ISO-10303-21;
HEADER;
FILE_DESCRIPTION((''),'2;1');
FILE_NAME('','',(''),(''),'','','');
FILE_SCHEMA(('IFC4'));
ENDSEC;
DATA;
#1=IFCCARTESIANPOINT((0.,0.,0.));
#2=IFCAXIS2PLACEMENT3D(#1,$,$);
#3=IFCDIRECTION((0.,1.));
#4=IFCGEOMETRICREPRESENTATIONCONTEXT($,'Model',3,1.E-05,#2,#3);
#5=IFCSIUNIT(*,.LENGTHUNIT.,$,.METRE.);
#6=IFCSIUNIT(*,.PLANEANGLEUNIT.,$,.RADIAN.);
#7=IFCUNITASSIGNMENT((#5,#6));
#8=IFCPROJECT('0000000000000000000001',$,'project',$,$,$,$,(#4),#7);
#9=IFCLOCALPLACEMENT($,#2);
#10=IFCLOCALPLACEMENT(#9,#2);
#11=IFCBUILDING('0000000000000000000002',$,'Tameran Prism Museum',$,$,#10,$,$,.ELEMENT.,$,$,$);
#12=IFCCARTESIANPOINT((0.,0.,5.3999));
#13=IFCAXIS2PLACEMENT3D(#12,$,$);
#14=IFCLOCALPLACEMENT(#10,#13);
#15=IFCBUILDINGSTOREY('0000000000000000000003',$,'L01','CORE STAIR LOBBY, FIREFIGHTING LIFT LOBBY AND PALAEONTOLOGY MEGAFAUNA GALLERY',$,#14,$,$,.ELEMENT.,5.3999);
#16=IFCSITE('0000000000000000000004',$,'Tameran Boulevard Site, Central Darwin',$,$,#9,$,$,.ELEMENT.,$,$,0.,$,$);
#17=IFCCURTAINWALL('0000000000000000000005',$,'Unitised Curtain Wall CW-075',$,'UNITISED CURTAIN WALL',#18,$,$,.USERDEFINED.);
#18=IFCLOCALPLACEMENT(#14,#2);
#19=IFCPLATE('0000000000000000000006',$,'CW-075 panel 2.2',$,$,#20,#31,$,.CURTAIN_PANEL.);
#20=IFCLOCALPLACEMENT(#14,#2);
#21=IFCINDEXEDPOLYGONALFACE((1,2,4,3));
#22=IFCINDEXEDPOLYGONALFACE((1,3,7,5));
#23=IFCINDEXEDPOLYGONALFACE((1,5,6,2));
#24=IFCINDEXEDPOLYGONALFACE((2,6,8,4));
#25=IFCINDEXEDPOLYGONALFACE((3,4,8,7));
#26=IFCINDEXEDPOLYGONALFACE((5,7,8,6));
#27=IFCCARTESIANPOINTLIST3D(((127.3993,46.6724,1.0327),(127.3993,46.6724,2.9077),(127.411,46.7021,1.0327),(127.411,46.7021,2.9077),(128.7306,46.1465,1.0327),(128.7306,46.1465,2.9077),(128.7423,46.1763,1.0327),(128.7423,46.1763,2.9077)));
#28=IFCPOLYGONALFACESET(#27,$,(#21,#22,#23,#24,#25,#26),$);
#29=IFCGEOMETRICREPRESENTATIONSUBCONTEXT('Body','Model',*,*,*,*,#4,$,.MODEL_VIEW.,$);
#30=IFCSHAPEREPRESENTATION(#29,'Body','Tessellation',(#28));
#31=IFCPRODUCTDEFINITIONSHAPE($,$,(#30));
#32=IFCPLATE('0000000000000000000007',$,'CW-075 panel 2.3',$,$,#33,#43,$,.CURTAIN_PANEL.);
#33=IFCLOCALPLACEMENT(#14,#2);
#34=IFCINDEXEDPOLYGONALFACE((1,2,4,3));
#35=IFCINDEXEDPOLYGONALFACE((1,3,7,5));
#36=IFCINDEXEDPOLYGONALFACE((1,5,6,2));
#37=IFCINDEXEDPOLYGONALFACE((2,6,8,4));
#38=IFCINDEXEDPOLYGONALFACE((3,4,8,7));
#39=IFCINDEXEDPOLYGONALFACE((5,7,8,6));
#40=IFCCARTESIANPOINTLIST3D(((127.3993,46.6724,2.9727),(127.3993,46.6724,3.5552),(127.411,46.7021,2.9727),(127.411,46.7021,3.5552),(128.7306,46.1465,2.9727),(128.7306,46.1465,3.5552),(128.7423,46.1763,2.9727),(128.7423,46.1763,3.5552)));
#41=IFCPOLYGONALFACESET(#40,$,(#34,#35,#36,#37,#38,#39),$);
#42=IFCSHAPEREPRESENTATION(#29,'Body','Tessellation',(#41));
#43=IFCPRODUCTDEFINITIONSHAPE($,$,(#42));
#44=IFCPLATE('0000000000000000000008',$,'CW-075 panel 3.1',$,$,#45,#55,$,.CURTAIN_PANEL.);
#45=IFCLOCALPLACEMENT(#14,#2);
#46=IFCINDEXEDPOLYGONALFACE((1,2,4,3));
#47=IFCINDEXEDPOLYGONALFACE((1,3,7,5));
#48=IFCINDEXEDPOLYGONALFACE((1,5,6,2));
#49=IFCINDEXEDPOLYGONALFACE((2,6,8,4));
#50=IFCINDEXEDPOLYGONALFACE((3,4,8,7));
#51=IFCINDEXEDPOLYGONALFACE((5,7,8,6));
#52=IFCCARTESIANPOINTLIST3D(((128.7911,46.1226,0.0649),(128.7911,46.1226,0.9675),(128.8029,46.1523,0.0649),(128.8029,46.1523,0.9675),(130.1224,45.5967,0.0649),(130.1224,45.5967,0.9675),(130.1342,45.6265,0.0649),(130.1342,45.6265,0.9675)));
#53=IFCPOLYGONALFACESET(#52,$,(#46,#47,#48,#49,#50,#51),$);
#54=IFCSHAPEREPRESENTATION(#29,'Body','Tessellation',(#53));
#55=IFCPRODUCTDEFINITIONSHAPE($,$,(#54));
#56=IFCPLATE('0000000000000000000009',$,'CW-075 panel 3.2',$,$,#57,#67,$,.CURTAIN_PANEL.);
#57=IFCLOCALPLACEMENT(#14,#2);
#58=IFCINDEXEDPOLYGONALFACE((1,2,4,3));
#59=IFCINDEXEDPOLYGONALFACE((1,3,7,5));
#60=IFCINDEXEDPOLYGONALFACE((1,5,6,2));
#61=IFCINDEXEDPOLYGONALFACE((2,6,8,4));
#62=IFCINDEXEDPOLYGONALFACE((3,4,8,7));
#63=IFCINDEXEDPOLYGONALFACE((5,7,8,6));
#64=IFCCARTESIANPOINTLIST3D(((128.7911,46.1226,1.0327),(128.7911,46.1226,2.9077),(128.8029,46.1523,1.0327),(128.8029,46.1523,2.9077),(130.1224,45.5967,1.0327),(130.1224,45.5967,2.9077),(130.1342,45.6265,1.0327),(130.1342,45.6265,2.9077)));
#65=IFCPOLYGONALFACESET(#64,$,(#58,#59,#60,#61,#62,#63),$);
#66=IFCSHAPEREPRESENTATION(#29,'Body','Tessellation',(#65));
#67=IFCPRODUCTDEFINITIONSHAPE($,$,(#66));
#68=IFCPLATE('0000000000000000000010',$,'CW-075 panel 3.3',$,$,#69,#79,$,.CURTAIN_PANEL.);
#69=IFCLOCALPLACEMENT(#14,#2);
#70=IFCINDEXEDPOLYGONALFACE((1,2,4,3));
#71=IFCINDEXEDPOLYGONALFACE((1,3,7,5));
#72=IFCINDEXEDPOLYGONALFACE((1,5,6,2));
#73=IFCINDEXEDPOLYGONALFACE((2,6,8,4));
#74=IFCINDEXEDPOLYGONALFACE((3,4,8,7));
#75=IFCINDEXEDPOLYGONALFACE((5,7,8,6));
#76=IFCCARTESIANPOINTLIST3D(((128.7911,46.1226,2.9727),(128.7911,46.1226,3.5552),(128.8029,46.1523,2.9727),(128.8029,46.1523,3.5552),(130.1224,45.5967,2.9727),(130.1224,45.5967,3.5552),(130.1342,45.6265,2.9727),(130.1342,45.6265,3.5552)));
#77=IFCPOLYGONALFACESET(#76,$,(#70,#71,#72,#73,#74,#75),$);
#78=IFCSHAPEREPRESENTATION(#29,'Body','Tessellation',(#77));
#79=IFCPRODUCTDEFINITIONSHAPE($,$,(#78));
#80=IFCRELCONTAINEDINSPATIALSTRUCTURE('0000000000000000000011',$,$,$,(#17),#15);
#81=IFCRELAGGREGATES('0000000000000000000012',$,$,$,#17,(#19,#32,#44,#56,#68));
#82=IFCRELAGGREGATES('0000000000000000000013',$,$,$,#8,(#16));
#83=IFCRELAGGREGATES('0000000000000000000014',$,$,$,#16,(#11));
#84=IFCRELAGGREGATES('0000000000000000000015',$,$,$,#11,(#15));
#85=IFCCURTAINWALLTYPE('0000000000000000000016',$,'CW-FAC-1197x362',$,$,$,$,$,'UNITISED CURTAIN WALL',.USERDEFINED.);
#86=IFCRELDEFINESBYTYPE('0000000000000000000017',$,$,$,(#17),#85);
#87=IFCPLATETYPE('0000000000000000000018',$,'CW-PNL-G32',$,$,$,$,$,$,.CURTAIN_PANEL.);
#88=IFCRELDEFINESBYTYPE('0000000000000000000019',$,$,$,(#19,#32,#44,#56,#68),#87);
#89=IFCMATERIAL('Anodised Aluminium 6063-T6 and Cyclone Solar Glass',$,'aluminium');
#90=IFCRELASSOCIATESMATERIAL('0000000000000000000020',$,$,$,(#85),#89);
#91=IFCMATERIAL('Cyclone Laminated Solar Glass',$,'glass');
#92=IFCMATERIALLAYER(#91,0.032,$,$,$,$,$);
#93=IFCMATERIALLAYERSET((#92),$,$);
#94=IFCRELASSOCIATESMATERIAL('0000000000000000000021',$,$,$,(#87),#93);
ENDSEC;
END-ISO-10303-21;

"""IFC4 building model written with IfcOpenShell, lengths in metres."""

from ifc_helpers import new_model, si_unit, direction, frame, origin, origin_2d, place, context, subcontext, project, spatial, rectangle, extrude, material, layer, layer_set, type_object, element, aggregate, save


model = new_model("IFC4")

# Units and contexts
model_context = context("Model", 3, precision=1e-05, world=origin(), true_north=direction((0.0, 1.0)))
body_context = subcontext(model_context, "Body", "Model", "MODEL_VIEW")
ifc_project = project(units=[si_unit("LENGTHUNIT", "METRE"), si_unit("PLANEANGLEUNIT", "RADIAN")], contexts=[model_context])

# Site, building, storey
site_placement = place(None, origin())
site = spatial("IfcSite", under=ifc_project, at=site_placement, Name="Tameran Boulevard Site, Central Darwin", CompositionType="ELEMENT", RefElevation=0.0)
building_placement = place(site_placement, origin())
building = spatial("IfcBuilding", under=site, at=building_placement, Name="Tameran Prism Museum", CompositionType="ELEMENT")
storey_placement = place(building_placement, frame((0.0, 0.0, 5.3999)))
storey = spatial("IfcBuildingStorey", under=building, at=storey_placement, Name="L01", Description="CORE STAIR LOBBY, FIREFIGHTING LIFT LOBBY AND PALAEONTOLOGY MEGAFAUNA GALLERY", CompositionType="ELEMENT", Elevation=5.3999)

# Curtain wall
ifc_material_1 = material(Name="Anodised Aluminium 6063-T6 and Cyclone Solar Glass", Category="aluminium")
curtain_wall_type_1 = type_object("IfcCurtainWallType", Name="CW-FAC-1197x362", ElementType="UNITISED CURTAIN WALL", PredefinedType="USERDEFINED", material=ifc_material_1)
curtain_wall_1_placement = place(storey_placement, origin())
curtain_wall_1 = element("IfcCurtainWall", 1, at=curtain_wall_1_placement, inside=storey, type_object=curtain_wall_type_1, Name="Unitised Curtain Wall CW-075", ObjectType="UNITISED CURTAIN WALL", PredefinedType="USERDEFINED")

# Plates
ifc_material_2 = material(Name="Cyclone Laminated Solar Glass", Category="glass")
ifc_layer = layer(ifc_material_2, 0.032)
ifc_layer_set = layer_set([ifc_layer])
plate_type = type_object("IfcPlateType", Name="CW-PNL-G32", PredefinedType="CURTAIN_PANEL", material=ifc_layer_set)
plate_1_placement = place(storey_placement, frame((128.0708, 46.4243, 1.0327), z_axis=(0.0, 0.0, 1.0), x_axis=(0.930081, -0.367355, 0.0)))
plate_1 = element("IfcPlate", 2, at=plate_1_placement, type_object=plate_type, Name="CW-075 panel 2.2", PredefinedType="CURTAIN_PANEL", context=body_context, shape_type="SweptSolid", body=[
    extrude(rectangle(XDim=1.4314, YDim=0.032, at=origin_2d()), origin(), (0.0, 0.0, 1.0), 1.875),
])
plate_2_placement = place(storey_placement, frame((128.0708, 46.4243, 2.9727), z_axis=(0.0, 0.0, 1.0), x_axis=(0.930081, -0.367355, 0.0)))
plate_2 = element("IfcPlate", 3, at=plate_2_placement, type_object=plate_type, Name="CW-075 panel 2.3", PredefinedType="CURTAIN_PANEL", context=body_context, shape_type="SweptSolid", body=[
    extrude(rectangle(XDim=1.4314, YDim=0.032, at=origin_2d()), origin(), (0.0, 0.0, 1.0), 0.5825),
])
plate_3_placement = place(storey_placement, frame((129.4626, 45.8745, 0.0649), z_axis=(0.0, 0.0, 1.0), x_axis=(0.930081, -0.367355, 0.0)))
plate_3 = element("IfcPlate", 4, at=plate_3_placement, type_object=plate_type, Name="CW-075 panel 3.1", PredefinedType="CURTAIN_PANEL", context=body_context, shape_type="SweptSolid", body=[
    extrude(rectangle(XDim=1.4314, YDim=0.032, at=origin_2d()), origin(), (0.0, 0.0, 1.0), 0.9026),
])
plate_4_placement = place(storey_placement, frame((129.4626, 45.8745, 1.0327), z_axis=(0.0, 0.0, 1.0), x_axis=(0.930081, -0.367355, 0.0)))
plate_4 = element("IfcPlate", 5, at=plate_4_placement, type_object=plate_type, Name="CW-075 panel 3.2", PredefinedType="CURTAIN_PANEL", context=body_context, shape_type="SweptSolid", body=[
    extrude(rectangle(XDim=1.4314, YDim=0.032, at=origin_2d()), origin(), (0.0, 0.0, 1.0), 1.875),
])
plate_5_placement = place(storey_placement, frame((129.4626, 45.8745, 2.9727), z_axis=(0.0, 0.0, 1.0), x_axis=(0.930081, -0.367355, 0.0)))
plate_5 = element("IfcPlate", 6, at=plate_5_placement, type_object=plate_type, Name="CW-075 panel 3.3", PredefinedType="CURTAIN_PANEL", context=body_context, shape_type="SweptSolid", body=[
    extrude(rectangle(XDim=1.4314, YDim=0.032, at=origin_2d()), origin(), (0.0, 0.0, 1.0), 0.5825),
])
aggregate(curtain_wall_1, [plate_1, plate_2, plate_3, plate_4, plate_5])

save(model, "model.ifc")
